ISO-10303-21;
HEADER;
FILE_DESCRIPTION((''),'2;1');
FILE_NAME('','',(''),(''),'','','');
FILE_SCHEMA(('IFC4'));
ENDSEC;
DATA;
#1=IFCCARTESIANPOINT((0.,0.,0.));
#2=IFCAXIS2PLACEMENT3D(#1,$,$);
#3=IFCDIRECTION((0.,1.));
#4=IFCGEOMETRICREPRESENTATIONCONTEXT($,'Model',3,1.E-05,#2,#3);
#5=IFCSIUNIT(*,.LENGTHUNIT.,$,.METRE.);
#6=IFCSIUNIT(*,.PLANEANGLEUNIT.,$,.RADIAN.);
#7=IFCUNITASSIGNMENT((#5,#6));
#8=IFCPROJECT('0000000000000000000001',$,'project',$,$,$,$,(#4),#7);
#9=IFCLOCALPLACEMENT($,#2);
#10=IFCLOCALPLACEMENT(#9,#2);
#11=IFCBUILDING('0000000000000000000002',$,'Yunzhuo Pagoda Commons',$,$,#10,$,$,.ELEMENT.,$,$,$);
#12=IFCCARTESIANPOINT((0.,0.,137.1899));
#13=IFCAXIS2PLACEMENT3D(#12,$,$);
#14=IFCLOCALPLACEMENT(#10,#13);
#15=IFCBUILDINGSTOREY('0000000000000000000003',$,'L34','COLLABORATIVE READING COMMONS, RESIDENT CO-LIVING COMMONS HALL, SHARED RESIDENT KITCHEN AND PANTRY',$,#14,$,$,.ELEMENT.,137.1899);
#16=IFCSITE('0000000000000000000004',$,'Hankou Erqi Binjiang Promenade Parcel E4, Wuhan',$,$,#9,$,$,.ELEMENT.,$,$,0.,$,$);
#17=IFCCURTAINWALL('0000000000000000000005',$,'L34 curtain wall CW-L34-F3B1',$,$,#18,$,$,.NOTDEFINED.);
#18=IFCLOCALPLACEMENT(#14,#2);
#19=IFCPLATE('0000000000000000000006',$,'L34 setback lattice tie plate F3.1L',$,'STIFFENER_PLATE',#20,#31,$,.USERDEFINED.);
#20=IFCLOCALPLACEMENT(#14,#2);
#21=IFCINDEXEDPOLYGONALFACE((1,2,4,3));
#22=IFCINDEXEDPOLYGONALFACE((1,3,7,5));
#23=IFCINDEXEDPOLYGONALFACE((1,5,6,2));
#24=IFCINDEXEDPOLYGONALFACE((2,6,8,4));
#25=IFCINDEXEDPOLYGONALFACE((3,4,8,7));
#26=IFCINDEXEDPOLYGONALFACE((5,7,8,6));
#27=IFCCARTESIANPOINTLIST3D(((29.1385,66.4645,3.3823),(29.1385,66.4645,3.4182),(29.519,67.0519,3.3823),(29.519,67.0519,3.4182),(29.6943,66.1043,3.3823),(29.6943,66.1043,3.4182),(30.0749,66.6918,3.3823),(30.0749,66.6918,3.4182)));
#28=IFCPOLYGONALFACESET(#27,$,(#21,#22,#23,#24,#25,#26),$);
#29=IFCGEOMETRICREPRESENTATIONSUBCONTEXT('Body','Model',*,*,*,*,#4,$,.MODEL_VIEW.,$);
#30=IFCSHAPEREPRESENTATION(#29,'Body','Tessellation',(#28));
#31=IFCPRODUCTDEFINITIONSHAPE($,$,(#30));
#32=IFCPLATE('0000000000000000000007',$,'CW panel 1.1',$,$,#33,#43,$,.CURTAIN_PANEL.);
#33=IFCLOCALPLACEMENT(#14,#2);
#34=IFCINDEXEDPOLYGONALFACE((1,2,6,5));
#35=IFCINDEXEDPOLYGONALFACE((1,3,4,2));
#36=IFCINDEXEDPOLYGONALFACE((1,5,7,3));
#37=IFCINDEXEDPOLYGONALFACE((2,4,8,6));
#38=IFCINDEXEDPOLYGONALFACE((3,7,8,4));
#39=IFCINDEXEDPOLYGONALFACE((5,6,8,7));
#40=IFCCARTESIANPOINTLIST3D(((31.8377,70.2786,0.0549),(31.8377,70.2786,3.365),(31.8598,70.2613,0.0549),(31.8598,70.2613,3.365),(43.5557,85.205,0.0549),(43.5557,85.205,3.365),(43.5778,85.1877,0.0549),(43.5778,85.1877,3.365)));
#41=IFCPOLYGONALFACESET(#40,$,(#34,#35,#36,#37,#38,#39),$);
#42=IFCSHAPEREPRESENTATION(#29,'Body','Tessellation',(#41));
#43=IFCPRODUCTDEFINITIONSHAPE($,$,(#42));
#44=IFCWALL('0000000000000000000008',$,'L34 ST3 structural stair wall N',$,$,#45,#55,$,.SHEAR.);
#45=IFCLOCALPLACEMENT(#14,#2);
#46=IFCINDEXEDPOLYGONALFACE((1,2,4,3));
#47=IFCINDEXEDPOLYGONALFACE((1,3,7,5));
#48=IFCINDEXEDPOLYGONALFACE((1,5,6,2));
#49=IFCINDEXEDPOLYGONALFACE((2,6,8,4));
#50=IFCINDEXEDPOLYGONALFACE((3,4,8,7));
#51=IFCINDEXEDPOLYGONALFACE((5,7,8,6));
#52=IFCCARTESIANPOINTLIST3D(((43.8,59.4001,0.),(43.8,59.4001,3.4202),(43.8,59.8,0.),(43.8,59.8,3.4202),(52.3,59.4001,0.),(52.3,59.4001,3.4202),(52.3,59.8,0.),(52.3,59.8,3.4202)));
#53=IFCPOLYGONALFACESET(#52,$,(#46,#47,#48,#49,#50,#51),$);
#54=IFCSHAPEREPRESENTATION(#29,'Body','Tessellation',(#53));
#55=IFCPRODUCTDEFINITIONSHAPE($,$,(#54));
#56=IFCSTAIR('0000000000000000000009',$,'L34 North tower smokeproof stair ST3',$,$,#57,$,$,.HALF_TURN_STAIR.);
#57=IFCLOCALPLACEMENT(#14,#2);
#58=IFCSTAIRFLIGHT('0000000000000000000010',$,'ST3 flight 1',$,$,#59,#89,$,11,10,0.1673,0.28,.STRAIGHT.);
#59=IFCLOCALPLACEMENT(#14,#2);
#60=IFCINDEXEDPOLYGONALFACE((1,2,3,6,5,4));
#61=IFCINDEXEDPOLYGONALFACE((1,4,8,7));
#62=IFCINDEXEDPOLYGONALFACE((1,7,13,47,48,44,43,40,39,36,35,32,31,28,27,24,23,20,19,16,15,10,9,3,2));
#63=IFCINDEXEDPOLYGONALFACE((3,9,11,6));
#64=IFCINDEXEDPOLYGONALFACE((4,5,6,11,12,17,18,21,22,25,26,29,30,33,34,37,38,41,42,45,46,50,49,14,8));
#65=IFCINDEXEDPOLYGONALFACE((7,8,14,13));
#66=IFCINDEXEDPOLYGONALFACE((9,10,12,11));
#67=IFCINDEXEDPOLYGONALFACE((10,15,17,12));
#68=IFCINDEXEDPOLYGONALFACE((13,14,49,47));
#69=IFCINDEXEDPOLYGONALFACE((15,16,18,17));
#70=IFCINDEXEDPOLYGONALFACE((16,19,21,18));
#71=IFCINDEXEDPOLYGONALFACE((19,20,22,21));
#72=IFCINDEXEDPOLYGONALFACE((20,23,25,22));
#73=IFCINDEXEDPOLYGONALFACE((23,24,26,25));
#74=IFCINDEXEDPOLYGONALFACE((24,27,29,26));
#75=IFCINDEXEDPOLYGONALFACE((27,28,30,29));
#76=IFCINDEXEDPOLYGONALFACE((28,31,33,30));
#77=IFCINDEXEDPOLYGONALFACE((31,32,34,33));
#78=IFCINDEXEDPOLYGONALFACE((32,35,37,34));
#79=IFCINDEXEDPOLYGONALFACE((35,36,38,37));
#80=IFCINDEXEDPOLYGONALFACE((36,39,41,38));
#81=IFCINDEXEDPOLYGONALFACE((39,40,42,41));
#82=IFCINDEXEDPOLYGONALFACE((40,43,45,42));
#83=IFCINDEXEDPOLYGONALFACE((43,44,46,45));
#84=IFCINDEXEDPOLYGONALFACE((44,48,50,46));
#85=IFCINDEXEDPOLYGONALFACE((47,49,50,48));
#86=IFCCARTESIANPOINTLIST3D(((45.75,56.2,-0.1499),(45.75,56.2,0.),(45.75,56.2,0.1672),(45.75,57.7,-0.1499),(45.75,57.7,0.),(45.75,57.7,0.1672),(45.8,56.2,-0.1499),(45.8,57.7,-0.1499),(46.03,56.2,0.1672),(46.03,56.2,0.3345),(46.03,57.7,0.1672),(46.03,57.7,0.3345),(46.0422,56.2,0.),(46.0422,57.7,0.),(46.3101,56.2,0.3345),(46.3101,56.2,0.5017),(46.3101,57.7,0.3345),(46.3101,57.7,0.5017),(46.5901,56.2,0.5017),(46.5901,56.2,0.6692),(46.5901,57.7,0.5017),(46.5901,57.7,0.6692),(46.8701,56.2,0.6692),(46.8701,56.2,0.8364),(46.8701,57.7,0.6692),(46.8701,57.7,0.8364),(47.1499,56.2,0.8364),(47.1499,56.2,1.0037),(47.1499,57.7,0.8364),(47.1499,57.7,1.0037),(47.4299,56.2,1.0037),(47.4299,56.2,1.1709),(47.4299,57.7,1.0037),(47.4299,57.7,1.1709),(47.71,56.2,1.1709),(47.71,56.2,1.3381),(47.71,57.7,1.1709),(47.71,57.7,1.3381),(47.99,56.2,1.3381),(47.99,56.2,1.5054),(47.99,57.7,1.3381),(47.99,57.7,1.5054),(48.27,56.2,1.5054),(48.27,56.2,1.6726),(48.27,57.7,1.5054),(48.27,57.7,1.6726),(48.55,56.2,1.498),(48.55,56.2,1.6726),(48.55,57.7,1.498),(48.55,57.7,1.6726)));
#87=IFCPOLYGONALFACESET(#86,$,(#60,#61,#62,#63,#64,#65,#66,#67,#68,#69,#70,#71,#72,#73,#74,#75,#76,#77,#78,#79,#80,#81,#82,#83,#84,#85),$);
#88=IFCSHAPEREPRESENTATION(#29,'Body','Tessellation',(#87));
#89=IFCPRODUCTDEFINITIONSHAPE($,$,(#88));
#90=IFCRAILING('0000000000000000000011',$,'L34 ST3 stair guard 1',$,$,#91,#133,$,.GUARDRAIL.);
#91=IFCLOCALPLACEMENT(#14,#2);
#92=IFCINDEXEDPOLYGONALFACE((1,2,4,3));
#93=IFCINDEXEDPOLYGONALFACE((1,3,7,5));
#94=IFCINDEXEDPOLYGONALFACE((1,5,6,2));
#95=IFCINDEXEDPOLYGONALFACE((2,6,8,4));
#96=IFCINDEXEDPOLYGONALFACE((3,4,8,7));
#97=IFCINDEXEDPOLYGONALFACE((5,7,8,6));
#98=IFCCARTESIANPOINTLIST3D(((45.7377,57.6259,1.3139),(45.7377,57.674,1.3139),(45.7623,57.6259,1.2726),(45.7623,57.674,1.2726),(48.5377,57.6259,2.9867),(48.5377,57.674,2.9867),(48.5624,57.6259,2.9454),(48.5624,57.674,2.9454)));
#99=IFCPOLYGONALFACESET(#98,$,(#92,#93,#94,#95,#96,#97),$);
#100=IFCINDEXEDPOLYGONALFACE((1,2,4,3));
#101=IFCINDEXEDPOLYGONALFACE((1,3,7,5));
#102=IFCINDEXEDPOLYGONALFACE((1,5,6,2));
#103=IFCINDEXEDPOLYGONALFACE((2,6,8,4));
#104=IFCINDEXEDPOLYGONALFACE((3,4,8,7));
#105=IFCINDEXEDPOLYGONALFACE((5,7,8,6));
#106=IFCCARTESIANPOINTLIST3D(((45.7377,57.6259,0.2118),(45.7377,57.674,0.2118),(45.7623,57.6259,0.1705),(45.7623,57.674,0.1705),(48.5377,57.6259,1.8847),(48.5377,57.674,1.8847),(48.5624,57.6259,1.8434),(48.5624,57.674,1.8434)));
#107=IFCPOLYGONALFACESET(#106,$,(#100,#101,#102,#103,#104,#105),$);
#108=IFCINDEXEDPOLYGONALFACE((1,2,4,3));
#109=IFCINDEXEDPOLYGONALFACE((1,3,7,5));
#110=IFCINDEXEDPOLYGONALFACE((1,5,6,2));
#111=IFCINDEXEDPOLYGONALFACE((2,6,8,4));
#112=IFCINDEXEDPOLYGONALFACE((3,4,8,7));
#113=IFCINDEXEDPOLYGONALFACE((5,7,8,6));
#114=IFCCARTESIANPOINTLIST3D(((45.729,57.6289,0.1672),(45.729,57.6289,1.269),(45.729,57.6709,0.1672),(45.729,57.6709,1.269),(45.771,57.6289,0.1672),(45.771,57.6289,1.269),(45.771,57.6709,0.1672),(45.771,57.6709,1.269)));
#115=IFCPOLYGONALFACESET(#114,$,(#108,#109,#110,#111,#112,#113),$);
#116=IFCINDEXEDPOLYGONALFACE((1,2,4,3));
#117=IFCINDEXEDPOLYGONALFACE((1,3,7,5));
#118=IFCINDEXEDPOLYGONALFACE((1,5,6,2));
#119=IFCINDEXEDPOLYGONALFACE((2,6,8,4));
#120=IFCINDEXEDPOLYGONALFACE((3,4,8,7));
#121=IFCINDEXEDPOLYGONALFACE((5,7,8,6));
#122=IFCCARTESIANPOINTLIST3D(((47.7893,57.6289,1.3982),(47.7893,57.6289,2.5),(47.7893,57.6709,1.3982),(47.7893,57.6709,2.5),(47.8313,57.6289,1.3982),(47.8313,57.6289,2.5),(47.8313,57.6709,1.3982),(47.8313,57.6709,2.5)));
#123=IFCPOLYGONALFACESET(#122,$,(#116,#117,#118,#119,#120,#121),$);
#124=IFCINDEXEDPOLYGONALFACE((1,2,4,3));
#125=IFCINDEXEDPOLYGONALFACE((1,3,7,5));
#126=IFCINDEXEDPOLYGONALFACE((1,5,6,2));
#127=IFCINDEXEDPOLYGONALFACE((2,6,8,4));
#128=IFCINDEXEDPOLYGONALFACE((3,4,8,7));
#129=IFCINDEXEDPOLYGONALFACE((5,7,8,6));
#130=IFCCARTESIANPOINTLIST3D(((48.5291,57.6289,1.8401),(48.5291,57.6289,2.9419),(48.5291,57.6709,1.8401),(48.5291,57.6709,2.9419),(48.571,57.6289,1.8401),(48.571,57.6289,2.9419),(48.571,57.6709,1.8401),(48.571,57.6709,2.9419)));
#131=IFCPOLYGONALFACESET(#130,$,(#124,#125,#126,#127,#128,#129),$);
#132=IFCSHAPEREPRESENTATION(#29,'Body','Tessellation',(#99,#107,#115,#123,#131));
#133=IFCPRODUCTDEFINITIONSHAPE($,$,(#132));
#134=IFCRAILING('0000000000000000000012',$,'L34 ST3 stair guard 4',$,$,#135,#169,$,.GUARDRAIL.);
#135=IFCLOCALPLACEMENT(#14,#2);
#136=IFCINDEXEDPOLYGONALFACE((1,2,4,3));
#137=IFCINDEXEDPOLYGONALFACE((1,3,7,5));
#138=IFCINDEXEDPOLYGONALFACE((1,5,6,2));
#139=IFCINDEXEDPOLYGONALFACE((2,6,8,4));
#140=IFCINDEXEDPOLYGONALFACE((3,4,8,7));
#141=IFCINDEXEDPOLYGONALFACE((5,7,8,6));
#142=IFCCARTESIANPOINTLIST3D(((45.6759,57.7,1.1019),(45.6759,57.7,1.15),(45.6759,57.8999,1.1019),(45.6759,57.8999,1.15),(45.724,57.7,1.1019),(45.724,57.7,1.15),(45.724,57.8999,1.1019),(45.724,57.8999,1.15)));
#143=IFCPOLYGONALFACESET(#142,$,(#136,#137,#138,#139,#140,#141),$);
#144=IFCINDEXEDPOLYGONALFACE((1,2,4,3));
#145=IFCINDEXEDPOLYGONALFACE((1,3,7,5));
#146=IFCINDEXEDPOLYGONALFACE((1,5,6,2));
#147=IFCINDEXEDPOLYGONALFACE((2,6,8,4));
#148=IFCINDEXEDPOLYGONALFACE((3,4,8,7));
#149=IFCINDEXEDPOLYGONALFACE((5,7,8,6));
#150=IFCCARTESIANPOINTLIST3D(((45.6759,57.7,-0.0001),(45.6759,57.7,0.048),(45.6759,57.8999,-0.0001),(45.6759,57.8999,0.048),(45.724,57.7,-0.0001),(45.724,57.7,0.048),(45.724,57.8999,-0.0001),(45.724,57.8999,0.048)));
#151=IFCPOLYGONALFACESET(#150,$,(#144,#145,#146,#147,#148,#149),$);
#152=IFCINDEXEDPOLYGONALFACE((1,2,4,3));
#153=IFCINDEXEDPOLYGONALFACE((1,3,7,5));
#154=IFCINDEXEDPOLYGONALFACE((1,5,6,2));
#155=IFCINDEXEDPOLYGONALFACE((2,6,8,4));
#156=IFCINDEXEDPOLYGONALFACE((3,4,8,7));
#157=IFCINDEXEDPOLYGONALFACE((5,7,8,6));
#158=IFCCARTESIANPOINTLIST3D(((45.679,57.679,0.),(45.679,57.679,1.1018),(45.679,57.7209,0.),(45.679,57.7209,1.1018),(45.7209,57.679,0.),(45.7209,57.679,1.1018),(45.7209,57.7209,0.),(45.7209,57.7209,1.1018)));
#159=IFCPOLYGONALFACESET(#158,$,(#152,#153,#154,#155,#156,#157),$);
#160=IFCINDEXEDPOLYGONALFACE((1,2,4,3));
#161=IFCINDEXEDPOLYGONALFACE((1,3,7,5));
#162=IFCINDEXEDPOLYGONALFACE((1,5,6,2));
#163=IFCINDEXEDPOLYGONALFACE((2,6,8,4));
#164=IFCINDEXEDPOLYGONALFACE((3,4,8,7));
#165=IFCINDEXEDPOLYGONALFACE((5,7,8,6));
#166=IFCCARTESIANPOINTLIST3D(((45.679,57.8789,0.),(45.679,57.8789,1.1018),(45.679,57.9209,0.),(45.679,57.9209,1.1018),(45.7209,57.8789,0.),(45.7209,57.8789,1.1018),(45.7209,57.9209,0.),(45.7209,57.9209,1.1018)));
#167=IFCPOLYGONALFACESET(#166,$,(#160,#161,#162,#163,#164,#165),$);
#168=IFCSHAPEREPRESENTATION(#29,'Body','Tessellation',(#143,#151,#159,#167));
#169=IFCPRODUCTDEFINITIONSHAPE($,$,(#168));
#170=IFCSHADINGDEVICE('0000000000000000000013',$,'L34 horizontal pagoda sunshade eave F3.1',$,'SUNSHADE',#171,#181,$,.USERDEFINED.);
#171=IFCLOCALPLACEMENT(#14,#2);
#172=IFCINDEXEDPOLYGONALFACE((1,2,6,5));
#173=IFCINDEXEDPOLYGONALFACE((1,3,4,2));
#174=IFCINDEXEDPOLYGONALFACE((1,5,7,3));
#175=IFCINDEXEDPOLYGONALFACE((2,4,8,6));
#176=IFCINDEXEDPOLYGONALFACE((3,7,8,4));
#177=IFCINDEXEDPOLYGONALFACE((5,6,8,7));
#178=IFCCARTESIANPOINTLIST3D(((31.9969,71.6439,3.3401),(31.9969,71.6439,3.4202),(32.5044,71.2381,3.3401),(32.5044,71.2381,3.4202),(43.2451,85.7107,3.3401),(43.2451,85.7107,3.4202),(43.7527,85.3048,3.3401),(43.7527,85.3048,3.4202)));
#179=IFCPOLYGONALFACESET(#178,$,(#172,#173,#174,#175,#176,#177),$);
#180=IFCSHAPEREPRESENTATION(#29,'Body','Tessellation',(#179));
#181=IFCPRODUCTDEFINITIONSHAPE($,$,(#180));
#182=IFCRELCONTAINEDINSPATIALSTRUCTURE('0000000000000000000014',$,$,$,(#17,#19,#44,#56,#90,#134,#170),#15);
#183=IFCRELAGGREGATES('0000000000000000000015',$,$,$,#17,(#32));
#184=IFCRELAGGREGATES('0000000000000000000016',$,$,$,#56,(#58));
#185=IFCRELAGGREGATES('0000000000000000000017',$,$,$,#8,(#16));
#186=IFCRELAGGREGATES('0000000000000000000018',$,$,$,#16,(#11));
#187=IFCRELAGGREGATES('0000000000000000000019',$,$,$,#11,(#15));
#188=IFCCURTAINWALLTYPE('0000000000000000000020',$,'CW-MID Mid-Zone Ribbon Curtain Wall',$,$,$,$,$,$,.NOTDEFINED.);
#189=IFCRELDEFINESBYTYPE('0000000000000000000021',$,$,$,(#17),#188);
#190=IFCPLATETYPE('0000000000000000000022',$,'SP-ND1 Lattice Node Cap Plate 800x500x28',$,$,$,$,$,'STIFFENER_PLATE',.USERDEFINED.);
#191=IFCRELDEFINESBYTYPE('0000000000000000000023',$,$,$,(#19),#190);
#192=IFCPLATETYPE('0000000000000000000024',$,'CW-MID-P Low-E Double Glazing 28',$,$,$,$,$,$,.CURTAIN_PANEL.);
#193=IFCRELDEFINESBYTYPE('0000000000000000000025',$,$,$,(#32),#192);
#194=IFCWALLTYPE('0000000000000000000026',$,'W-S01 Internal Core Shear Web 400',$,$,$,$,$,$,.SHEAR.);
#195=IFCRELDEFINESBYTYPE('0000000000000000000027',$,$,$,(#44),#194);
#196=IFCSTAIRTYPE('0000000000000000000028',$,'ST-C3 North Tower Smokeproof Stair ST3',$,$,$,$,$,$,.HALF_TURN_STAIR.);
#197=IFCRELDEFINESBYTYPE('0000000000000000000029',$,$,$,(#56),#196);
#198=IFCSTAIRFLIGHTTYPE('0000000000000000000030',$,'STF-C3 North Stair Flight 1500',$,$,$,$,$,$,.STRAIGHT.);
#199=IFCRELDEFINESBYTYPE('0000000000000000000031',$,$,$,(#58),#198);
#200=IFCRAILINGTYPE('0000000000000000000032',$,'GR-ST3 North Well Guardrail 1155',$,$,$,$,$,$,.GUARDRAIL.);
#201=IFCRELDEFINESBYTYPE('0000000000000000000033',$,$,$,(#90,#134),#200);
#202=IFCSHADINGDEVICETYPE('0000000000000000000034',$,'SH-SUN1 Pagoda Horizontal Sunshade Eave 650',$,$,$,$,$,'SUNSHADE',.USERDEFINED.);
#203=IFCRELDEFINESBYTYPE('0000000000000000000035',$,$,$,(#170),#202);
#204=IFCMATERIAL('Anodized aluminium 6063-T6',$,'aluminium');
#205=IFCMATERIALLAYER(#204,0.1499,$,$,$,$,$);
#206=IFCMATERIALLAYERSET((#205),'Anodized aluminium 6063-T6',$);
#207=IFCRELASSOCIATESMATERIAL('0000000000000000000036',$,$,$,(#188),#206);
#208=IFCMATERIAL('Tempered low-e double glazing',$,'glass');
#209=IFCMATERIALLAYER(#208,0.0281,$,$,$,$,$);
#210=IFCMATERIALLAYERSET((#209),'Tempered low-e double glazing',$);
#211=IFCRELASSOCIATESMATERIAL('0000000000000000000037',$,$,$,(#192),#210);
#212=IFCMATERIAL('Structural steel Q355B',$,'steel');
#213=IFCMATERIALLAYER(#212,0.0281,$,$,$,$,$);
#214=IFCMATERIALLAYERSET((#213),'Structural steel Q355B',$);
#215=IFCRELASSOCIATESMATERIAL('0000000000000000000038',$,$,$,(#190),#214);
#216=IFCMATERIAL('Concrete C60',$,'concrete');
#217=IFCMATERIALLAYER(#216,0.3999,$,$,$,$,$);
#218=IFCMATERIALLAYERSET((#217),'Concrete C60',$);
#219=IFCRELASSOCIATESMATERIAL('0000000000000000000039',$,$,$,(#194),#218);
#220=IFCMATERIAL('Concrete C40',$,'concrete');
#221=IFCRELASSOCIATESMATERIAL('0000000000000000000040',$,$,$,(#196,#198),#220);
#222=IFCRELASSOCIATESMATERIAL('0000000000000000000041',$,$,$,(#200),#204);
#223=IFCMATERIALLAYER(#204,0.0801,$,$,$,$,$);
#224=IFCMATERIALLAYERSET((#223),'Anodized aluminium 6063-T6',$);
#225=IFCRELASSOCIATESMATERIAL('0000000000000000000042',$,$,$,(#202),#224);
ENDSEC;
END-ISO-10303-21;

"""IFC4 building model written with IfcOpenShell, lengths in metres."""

from ifc_helpers import new_model, si_unit, direction, frame, frame_2d, origin, origin_2d, place, context, subcontext, project, spatial, polyline, rectangle, outline, extrude, source, transform, mapped, material, layer, layer_set, type_object, element, aggregate, save


model = new_model("IFC4")

# Units and contexts
model_context = context("Model", 3, precision=1e-05, world=origin(), true_north=direction((0.0, 1.0)))
body_context = subcontext(model_context, "Body", "Model", "MODEL_VIEW")
ifc_project = project(units=[si_unit("LENGTHUNIT", "METRE"), si_unit("PLANEANGLEUNIT", "RADIAN")], contexts=[model_context])

# Site, building, storey
site_placement = place(None, origin())
site = spatial("IfcSite", under=ifc_project, at=site_placement, Name="Hankou Erqi Binjiang Promenade Parcel E4, Wuhan", CompositionType="ELEMENT", RefElevation=0.0)
building_placement = place(site_placement, origin())
building = spatial("IfcBuilding", under=site, at=building_placement, Name="Yunzhuo Pagoda Commons", CompositionType="ELEMENT")
storey_placement = place(building_placement, frame((0.0, 0.0, 137.1899)))
storey = spatial("IfcBuildingStorey", under=building, at=storey_placement, Name="L34", Description="COLLABORATIVE READING COMMONS, RESIDENT CO-LIVING COMMONS HALL, SHARED RESIDENT KITCHEN AND PANTRY", CompositionType="ELEMENT", Elevation=137.1899)

# Shared definitions
ifc_material_1 = material(Name="Structural steel Q355B", Category="steel")

# Curtain wall
ifc_material_2 = material(Name="Anodized aluminium 6063-T6", Category="aluminium")
ifc_layer_1 = layer(ifc_material_2, 0.1499)
ifc_layer_set_1 = layer_set([ifc_layer_1], Name="Anodized aluminium 6063-T6")
curtain_wall_type = type_object("IfcCurtainWallType", Name="CW-MID Mid-Zone Ribbon Curtain Wall", PredefinedType="NOTDEFINED", material=ifc_layer_set_1)
curtain_wall_1_placement = place(storey_placement, origin())
curtain_wall_1 = element("IfcCurtainWall", 1, at=curtain_wall_1_placement, inside=storey, type_object=curtain_wall_type, Name="L34 curtain wall CW-L34-F3B1", PredefinedType="NOTDEFINED")

# Shared definitions
ifc_material_3 = material(Name="Tempered low-e double glazing", Category="glass")
ifc_layer_2 = layer(ifc_material_3, 0.0281)
ifc_layer_set_2 = layer_set([ifc_layer_2], Name="Tempered low-e double glazing")
plate_type_1 = type_object("IfcPlateType", Name="CW-MID-P Low-E Double Glazing 28", PredefinedType="CURTAIN_PANEL", material=ifc_layer_set_2)

# Plate
ifc_layer_3 = layer(ifc_material_1, 0.0281)
ifc_layer_set_3 = layer_set([ifc_layer_3], Name="Structural steel Q355B")
plate_type_2 = type_object("IfcPlateType", Name="SP-ND1 Lattice Node Cap Plate 800x500x28", ElementType="STIFFENER_PLATE", PredefinedType="USERDEFINED", material=ifc_layer_set_3)
shared_shape_1 = source(origin(), body_context, "Body", "SweptSolid", [
    extrude(rectangle(XDim=0.7, YDim=0.6624, at=origin_2d()), origin(), (0.0, 0.0, 1.0), 0.0359),
])
plate_1_placement = place(storey_placement, frame((29.6067, 66.5781, 3.3823), z_axis=(0.0, 0.0, 1.0), x_axis=(-0.543746, -0.83925, 0.0)))
element("IfcPlate", 2, at=plate_1_placement, inside=storey, type_object=plate_type_2, Name="L34 setback lattice tie plate F3.1L", ObjectType="STIFFENER_PLATE", PredefinedType="USERDEFINED", context=body_context, shape_type="MappedRepresentation", body=[
    mapped(shared_shape_1, transform((0.0, 0.0, 0.0), scale=1.0)),
])

# Plate
shared_shape_2 = source(origin(), body_context, "Body", "SweptSolid", [
    extrude(rectangle(XDim=18.9766, YDim=0.0281, at=origin_2d()), origin(), (0.0, 0.0, 1.0), 3.3101),
])
plate_2_placement = place(storey_placement, frame((37.7078, 77.7332, 0.0549), z_axis=(0.0, 0.0, 1.0), x_axis=(-0.617499, -0.786572, 0.0)))
plate_2 = element("IfcPlate", 3, at=plate_2_placement, type_object=plate_type_1, Name="CW panel 1.1", PredefinedType="CURTAIN_PANEL", context=body_context, shape_type="MappedRepresentation", body=[
    mapped(shared_shape_2, transform((0.0, 0.0, 0.0), scale=1.0)),
])
aggregate(curtain_wall_1, [plate_2])

# Wall
ifc_material_4 = material(Name="Concrete C60", Category="concrete")
ifc_layer_4 = layer(ifc_material_4, 0.3999)
ifc_layer_set_4 = layer_set([ifc_layer_4], Name="Concrete C60")
wall_type = type_object("IfcWallType", Name="W-S01 Internal Core Shear Web 400", PredefinedType="SHEAR", material=ifc_layer_set_4)
wall_placement = place(storey_placement, frame((43.8, 59.6001, 0.0), z_axis=(0.0, 0.0, 1.0), x_axis=(1.0, 0.0, 0.0)))
element("IfcWall", 4, at=wall_placement, inside=storey, type_object=wall_type, Name="L34 ST3 structural stair wall N", PredefinedType="SHEAR", context=body_context, shape_type="SweptSolid", body=[
    extrude(rectangle(XDim=8.5, YDim=0.3999, at=frame_2d((4.25, 0.0))), origin(), (0.0, 0.0, 1.0), 3.4202),
])

# Stair, stair flight
ifc_material_5 = material(Name="Concrete C40", Category="concrete")
stair_type = type_object("IfcStairType", Name="ST-C3 North Tower Smokeproof Stair ST3", PredefinedType="HALF_TURN_STAIR", material=ifc_material_5)
stair_placement = place(storey_placement, origin())
stair = element("IfcStair", 5, at=stair_placement, inside=storey, type_object=stair_type, Name="L34 North tower smokeproof stair ST3", PredefinedType="HALF_TURN_STAIR")
stair_flight_type = type_object("IfcStairFlightType", Name="STF-C3 North Stair Flight 1500", PredefinedType="STRAIGHT", material=ifc_material_5)
shared_shape_3 = source(origin(), body_context, "Body", "SweptSolid", [
    extrude(outline(polyline([(0.0, -0.1499), (0.0, 0.0), (0.0, 0.1672), (0.28, 0.1672), (0.28, 0.3345), (0.5601, 0.3345), (0.5601, 0.5017), (0.8401, 0.5017), (0.8401, 0.6692), (1.1201, 0.6692), (1.1201, 0.8364), (1.3999, 0.8364), (1.3999, 1.0037), (1.6799, 1.0037), (1.6799, 1.1709), (1.96, 1.1709), (1.96, 1.3381), (2.24, 1.3381), (2.24, 1.5054), (2.52, 1.5054), (2.52, 1.6726), (2.8, 1.6726), (2.8, 1.8401), (2.8, 1.498), (0.2922, 0.0), (0.05, -0.1499), (0.0, -0.1499)])), frame((0.0, 0.75, 0.0), z_axis=(0.0, -1.0, 0.0), x_axis=(1.0, 0.0, 0.0)), (0.0, 0.0, 1.0), 1.5),
])
stair_flight_placement = place(storey_placement, frame((45.75, 56.95, 0.0), z_axis=(0.0, 0.0, 1.0), x_axis=(1.0, 0.0, 0.0)))
stair_flight = element("IfcStairFlight", 6, at=stair_flight_placement, type_object=stair_flight_type, Name="ST3 flight 1", NumberOfRisers=11, NumberOfTreads=10, PredefinedType="STRAIGHT", RiserHeight=0.1673, TreadLength=0.28, context=body_context, shape_type="MappedRepresentation", body=[
    mapped(shared_shape_3, transform((0.0, 0.0, 0.0), scale=1.0)),
])
aggregate(stair, [stair_flight])

# Railings
railing_type = type_object("IfcRailingType", Name="GR-ST3 North Well Guardrail 1155", PredefinedType="GUARDRAIL", material=ifc_material_2)
railing_1_placement = place(storey_placement, frame((45.75, 57.6499, 0.1672)))
element("IfcRailing", 7, at=railing_1_placement, inside=storey, type_object=railing_type, Name="L34 ST3 stair guard 1", PredefinedType="GUARDRAIL", context=body_context, shape_type="SweptSolid", body=[
    extrude(rectangle(XDim=0.0481, YDim=0.0481, at=origin_2d()), frame((0.0, 0.0, 1.126), z_axis=(0.858462, 0.0, 0.512877), x_axis=(0.0, 1.0, 0.0)), (0.0, 0.0, 1.0), 3.2617),
    extrude(rectangle(XDim=0.0481, YDim=0.0481, at=origin_2d()), frame((0.0, 0.0, 0.0239), z_axis=(0.858462, 0.0, 0.512877), x_axis=(0.0, 1.0, 0.0)), (0.0, 0.0, 1.0), 3.2617),
    extrude(rectangle(XDim=0.042, YDim=0.042, at=origin_2d()), origin(), (0.0, 0.0, 1.0), 1.1018),
    extrude(rectangle(XDim=0.042, YDim=0.042, at=origin_2d()), frame((2.0603, 0.0, 1.231)), (0.0, 0.0, 1.0), 1.1018),
    extrude(rectangle(XDim=0.042, YDim=0.042, at=origin_2d()), frame((2.8, 0.0, 1.6729)), (0.0, 0.0, 1.0), 1.1018),
])
railing_2_placement = place(storey_placement, frame((45.7, 57.7, 0.0)))
element("IfcRailing", 8, at=railing_2_placement, inside=storey, type_object=railing_type, Name="L34 ST3 stair guard 4", PredefinedType="GUARDRAIL", context=body_context, shape_type="SweptSolid", body=[
    extrude(rectangle(XDim=0.0481, YDim=0.0481, at=origin_2d()), frame((0.0, 0.0, 1.126), z_axis=(0.0, 1.0, 0.0), x_axis=(-1.0, 0.0, 0.0)), (0.0, 0.0, 1.0), 0.2),
    extrude(rectangle(XDim=0.0481, YDim=0.0481, at=origin_2d()), frame((0.0, 0.0, 0.0239), z_axis=(0.0, 1.0, 0.0), x_axis=(-1.0, 0.0, 0.0)), (0.0, 0.0, 1.0), 0.2),
    extrude(rectangle(XDim=0.042, YDim=0.042, at=origin_2d()), origin(), (0.0, 0.0, 1.0), 1.1018),
    extrude(rectangle(XDim=0.042, YDim=0.042, at=origin_2d()), frame((0.0, 0.2, 0.0)), (0.0, 0.0, 1.0), 1.1018),
])

# Shading device
ifc_layer_5 = layer(ifc_material_2, 0.0801)
ifc_layer_set_5 = layer_set([ifc_layer_5], Name="Anodized aluminium 6063-T6")
shading_device_type = type_object("IfcShadingDeviceType", Name="SH-SUN1 Pagoda Horizontal Sunshade Eave 650", ElementType="SUNSHADE", PredefinedType="USERDEFINED", material=ifc_layer_set_5)
shared_shape_4 = source(origin(), body_context, "Body", "SweptSolid", [
    extrude(rectangle(XDim=18.011, YDim=0.6499, at=origin_2d()), origin(), (0.0, 0.0, 1.0), 0.0801),
])
shading_device_1_placement = place(storey_placement, frame((37.8748, 78.4744, 3.3401), z_axis=(0.0, 0.0, 1.0), x_axis=(-0.62452, -0.781008, 0.0)))
element("IfcShadingDevice", 9, at=shading_device_1_placement, inside=storey, type_object=shading_device_type, Name="L34 horizontal pagoda sunshade eave F3.1", ObjectType="SUNSHADE", PredefinedType="USERDEFINED", context=body_context, shape_type="MappedRepresentation", body=[
    mapped(shared_shape_4, transform((0.0, 0.0, 0.0), scale=1.0)),
])

save(model, "model.ifc")
